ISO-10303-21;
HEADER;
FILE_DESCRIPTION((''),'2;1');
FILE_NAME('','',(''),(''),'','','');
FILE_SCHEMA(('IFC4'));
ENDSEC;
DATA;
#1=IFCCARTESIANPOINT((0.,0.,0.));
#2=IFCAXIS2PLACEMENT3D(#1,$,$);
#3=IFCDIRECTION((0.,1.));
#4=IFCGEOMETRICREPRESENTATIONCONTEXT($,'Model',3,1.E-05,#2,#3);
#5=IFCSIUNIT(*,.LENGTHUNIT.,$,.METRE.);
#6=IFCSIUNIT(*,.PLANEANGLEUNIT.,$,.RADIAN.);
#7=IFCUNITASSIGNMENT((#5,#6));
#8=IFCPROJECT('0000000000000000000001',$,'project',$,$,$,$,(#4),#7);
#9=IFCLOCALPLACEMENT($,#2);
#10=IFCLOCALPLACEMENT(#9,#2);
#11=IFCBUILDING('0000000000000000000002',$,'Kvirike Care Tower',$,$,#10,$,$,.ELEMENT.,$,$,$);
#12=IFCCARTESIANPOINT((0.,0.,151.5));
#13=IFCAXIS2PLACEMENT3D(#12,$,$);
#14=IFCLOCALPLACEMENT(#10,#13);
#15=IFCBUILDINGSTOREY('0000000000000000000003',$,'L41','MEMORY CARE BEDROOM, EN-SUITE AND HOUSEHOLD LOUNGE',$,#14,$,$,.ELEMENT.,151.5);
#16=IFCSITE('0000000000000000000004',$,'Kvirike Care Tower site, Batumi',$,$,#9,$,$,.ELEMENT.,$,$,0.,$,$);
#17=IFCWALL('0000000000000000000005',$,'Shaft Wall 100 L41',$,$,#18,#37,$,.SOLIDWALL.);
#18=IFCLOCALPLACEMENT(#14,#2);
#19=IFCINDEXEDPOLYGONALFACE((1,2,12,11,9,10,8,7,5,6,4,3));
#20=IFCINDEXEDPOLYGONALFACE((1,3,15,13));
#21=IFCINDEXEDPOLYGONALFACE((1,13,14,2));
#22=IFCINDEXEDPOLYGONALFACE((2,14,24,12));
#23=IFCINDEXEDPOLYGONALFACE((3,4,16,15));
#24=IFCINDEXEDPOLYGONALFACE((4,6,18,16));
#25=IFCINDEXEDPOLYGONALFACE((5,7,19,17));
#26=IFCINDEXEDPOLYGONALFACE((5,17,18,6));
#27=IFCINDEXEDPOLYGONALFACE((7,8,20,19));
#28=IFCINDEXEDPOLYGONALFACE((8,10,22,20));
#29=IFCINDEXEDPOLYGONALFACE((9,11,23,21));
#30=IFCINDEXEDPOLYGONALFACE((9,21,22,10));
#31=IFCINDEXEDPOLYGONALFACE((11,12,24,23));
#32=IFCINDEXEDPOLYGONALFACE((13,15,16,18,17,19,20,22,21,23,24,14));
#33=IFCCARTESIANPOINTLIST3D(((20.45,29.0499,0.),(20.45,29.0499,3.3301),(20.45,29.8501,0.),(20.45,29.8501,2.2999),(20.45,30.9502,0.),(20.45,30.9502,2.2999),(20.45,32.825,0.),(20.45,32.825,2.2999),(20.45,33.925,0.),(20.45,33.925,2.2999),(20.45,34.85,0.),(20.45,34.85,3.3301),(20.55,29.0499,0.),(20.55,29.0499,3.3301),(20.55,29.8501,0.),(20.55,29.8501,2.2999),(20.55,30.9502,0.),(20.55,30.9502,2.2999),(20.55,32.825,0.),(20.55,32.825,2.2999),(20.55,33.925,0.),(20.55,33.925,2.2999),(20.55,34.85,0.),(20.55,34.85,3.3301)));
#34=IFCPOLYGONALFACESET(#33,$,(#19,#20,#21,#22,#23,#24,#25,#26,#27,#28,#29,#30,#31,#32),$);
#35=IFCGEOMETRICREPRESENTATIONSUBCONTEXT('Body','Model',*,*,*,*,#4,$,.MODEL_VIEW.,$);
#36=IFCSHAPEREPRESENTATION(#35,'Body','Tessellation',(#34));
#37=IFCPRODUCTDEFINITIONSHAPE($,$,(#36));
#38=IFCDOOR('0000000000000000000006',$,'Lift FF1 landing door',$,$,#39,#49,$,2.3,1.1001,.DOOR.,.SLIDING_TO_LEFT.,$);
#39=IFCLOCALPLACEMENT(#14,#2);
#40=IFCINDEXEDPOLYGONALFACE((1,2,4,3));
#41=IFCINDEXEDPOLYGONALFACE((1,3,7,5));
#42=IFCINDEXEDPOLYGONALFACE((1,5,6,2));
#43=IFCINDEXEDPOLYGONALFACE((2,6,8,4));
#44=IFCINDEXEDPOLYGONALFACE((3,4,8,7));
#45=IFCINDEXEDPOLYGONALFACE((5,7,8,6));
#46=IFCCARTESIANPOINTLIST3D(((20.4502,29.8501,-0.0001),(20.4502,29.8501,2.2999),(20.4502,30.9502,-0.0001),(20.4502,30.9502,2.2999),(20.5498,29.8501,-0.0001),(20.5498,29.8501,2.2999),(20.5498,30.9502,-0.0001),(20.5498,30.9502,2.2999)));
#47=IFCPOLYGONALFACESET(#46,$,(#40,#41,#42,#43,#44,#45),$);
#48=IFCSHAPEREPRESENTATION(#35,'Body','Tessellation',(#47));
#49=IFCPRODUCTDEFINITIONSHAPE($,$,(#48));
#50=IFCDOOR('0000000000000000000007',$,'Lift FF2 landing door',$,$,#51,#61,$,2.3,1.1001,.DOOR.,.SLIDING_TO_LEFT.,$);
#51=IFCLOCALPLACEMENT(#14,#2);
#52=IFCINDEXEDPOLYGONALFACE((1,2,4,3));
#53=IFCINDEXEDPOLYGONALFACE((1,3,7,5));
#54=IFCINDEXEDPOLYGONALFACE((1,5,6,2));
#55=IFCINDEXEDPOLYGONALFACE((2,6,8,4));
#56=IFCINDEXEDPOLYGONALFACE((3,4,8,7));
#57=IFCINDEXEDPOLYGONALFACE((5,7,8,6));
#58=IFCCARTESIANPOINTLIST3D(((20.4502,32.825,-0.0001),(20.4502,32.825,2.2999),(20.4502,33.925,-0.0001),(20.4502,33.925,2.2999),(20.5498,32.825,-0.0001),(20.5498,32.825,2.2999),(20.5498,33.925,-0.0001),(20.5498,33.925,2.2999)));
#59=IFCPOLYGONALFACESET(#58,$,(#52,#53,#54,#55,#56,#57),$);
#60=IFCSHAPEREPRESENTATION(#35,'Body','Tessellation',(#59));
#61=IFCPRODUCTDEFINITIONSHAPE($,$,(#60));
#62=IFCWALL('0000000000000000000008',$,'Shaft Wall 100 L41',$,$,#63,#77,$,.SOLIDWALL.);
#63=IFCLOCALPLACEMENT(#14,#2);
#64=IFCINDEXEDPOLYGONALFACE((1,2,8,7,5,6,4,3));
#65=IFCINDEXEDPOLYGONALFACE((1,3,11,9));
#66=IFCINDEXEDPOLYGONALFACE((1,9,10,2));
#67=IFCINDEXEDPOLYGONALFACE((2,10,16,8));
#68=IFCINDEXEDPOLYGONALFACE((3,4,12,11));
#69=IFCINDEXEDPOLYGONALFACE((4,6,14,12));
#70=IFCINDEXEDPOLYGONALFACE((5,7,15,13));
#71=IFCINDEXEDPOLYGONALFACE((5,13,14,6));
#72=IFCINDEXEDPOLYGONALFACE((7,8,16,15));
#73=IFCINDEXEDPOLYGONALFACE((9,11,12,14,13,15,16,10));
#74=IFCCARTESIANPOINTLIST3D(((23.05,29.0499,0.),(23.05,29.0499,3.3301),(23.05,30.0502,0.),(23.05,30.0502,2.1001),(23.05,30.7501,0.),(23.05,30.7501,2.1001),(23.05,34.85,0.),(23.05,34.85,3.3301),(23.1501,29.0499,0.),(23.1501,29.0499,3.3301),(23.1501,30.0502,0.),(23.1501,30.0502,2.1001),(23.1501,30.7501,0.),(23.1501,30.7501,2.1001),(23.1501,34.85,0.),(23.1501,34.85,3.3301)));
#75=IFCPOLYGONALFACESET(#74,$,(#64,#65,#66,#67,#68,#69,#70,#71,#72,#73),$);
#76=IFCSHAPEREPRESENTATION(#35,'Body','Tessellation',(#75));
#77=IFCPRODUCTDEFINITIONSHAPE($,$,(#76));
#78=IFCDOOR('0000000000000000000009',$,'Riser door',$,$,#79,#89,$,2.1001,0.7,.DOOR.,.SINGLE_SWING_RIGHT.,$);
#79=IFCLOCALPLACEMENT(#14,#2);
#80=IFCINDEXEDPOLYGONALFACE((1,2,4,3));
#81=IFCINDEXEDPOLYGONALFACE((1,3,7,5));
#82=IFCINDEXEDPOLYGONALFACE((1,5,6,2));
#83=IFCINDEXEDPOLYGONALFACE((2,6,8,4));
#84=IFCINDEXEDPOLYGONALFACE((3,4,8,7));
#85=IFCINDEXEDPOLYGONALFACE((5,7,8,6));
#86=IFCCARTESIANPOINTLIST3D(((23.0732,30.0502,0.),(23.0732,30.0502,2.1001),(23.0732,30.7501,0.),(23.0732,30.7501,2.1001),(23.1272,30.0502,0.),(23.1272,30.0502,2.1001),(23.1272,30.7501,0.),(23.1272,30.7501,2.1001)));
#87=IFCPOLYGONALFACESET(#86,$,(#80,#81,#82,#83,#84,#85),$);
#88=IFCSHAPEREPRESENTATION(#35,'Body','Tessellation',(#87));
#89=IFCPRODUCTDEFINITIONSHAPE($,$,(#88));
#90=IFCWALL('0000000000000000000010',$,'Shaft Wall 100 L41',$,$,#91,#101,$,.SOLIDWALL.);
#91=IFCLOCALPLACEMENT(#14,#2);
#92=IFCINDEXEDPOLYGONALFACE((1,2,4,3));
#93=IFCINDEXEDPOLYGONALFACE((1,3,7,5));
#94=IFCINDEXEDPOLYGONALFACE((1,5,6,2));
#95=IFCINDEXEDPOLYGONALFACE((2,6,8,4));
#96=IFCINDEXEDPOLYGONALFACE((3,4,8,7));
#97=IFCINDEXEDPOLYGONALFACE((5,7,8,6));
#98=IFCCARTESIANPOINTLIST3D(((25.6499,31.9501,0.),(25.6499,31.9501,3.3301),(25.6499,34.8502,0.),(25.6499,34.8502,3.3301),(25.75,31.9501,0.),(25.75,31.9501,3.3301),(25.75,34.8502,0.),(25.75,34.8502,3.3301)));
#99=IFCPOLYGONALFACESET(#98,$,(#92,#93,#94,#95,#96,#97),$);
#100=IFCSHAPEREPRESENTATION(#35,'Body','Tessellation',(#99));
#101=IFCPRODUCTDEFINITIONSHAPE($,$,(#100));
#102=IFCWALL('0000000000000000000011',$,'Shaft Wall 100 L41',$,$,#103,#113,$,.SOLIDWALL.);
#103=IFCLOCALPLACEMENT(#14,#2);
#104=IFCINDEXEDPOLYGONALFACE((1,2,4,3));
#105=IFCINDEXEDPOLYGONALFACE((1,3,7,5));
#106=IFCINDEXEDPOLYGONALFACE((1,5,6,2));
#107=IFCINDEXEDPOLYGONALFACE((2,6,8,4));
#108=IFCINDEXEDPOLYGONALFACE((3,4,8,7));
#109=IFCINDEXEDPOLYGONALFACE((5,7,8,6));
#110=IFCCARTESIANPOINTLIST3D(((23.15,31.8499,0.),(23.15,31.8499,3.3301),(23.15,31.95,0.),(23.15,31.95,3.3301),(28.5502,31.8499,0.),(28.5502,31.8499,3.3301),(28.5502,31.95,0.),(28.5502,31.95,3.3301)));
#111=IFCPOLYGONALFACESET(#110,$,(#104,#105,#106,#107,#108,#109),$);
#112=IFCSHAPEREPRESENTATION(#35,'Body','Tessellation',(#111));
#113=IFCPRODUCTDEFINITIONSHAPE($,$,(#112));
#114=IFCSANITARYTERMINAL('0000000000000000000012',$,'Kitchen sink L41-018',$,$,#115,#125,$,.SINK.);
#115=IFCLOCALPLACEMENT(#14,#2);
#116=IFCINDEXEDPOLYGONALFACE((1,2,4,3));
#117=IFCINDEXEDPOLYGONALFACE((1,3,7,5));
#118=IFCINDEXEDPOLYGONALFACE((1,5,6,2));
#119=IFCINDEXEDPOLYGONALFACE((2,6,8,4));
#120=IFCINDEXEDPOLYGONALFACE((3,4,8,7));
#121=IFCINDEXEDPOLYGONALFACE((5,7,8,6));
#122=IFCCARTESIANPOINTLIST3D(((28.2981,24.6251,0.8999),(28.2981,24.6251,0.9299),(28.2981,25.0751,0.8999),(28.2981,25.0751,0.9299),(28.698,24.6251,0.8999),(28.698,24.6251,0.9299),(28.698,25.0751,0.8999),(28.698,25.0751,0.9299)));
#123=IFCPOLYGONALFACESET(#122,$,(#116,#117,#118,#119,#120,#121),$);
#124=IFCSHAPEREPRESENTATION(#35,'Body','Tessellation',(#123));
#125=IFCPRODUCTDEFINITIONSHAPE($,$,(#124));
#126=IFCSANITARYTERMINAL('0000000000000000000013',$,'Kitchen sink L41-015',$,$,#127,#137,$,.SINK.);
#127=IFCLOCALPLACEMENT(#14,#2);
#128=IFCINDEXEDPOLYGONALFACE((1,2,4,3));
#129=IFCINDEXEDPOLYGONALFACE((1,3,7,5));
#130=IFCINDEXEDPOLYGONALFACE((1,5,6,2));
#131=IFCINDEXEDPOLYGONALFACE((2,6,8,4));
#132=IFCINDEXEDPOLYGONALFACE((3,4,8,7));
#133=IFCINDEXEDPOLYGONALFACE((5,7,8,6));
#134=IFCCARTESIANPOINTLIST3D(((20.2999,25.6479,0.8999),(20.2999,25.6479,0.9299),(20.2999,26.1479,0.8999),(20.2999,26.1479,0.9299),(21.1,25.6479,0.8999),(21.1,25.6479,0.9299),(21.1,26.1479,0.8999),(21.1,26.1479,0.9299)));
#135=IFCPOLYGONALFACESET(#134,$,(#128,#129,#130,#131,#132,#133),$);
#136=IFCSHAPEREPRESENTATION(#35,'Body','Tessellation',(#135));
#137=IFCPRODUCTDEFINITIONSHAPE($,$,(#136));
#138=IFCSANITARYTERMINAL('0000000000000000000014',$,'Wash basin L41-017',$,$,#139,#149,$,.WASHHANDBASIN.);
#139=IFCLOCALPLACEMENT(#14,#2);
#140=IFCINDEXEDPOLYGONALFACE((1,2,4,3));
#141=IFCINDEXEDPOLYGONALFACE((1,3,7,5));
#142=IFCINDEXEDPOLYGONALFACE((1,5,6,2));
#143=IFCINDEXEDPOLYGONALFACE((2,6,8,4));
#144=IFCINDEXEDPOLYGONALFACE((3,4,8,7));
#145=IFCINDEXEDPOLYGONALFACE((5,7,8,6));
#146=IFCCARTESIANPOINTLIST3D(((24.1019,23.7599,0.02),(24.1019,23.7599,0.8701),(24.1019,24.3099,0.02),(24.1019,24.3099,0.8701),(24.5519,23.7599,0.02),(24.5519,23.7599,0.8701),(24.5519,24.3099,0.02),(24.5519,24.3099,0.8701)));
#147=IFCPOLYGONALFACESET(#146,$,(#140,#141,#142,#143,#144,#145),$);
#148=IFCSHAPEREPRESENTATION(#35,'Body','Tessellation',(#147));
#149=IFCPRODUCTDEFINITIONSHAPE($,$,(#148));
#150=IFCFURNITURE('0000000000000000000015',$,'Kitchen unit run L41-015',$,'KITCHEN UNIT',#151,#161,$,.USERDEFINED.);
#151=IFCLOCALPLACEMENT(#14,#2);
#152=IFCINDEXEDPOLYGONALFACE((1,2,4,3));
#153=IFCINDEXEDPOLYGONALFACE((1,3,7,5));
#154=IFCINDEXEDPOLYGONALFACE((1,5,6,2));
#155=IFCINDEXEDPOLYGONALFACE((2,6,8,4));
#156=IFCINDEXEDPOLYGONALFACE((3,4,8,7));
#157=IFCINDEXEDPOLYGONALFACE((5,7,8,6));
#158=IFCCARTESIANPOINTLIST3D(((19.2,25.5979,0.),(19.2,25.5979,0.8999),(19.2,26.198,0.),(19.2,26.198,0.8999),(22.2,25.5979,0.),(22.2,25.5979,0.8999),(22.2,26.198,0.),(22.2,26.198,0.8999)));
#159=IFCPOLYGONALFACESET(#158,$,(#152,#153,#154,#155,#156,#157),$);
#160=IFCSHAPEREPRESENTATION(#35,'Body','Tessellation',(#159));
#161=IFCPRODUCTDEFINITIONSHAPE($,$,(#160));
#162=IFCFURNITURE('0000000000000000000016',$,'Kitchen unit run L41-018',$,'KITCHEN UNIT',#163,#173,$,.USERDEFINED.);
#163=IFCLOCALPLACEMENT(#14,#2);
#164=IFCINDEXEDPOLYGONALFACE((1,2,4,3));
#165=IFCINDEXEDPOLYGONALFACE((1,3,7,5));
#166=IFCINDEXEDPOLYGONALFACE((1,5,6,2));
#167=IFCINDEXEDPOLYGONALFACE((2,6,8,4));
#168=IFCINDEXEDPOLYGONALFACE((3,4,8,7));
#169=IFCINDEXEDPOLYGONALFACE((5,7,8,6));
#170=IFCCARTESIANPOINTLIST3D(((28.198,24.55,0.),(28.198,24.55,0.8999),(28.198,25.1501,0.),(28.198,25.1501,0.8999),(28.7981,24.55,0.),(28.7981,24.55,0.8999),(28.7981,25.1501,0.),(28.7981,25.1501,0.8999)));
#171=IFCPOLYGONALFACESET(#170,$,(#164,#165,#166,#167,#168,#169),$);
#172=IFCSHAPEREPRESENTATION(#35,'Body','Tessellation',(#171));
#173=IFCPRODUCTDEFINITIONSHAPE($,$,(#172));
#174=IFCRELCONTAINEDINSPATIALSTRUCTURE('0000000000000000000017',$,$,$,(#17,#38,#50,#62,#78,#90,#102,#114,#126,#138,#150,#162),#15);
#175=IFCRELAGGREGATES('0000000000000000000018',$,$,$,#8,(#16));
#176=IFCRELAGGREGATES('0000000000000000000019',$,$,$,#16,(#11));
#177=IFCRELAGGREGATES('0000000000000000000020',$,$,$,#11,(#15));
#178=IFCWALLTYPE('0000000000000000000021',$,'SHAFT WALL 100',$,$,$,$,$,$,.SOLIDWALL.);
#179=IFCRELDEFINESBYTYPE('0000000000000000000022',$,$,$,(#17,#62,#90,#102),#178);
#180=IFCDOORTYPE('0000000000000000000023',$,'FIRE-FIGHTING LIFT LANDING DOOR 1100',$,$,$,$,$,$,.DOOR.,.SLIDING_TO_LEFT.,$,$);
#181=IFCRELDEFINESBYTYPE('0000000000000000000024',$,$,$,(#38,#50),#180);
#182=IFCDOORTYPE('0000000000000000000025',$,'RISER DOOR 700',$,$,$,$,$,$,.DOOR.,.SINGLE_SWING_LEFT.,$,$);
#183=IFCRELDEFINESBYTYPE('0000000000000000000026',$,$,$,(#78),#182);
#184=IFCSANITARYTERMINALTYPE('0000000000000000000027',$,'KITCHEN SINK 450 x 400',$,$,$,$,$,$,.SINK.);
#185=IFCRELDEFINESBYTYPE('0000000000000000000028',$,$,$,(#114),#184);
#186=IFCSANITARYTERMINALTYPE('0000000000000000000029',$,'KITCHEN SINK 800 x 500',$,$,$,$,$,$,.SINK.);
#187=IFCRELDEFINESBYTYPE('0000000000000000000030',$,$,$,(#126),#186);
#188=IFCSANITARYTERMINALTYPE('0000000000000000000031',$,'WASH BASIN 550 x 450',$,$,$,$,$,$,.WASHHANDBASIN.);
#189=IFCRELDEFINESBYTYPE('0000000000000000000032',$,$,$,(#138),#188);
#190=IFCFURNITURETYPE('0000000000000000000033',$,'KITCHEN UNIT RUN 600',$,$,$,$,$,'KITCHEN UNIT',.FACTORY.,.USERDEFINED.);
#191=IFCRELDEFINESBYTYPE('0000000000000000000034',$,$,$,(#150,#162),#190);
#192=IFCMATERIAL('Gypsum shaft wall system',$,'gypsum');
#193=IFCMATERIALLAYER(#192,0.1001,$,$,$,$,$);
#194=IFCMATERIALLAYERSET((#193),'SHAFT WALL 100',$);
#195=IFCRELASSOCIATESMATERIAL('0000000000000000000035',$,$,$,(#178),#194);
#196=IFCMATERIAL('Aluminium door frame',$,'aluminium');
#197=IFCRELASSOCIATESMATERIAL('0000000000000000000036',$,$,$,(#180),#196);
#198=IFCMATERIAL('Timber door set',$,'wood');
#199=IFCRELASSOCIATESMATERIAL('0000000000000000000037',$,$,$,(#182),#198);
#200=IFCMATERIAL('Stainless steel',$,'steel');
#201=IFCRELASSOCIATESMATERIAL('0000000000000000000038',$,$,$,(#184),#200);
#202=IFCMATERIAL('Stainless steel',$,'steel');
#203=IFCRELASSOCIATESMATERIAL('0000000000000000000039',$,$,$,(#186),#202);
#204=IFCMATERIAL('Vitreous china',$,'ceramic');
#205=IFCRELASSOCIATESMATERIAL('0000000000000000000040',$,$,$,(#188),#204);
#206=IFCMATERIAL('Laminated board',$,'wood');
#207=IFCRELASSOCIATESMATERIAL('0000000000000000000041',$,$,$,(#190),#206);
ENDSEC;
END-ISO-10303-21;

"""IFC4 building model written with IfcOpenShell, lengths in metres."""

from ifc_helpers import new_model, si_unit, direction, frame, frame_2d, origin, origin_2d, place, context, subcontext, project, spatial, rectangle, extrude, material, layer, layer_set, type_object, element, fill, save


model = new_model("IFC4")

# Units and contexts
model_context = context("Model", 3, precision=1e-05, world=origin(), true_north=direction((0.0, 1.0)))
body_context = subcontext(model_context, "Body", "Model", "MODEL_VIEW")
ifc_project = project(units=[si_unit("LENGTHUNIT", "METRE"), si_unit("PLANEANGLEUNIT", "RADIAN")], contexts=[model_context])

# Site, building, storey
site_placement = place(None, origin())
site = spatial("IfcSite", under=ifc_project, at=site_placement, Name="Kvirike Care Tower site, Batumi", CompositionType="ELEMENT", RefElevation=0.0)
building_placement = place(site_placement, origin())
building = spatial("IfcBuilding", under=site, at=building_placement, Name="Kvirike Care Tower", CompositionType="ELEMENT")
storey_placement = place(building_placement, frame((0.0, 0.0, 151.5)))
storey = spatial("IfcBuildingStorey", under=building, at=storey_placement, Name="L41", Description="MEMORY CARE BEDROOM, EN-SUITE AND HOUSEHOLD LOUNGE", CompositionType="ELEMENT", Elevation=151.5)

# Wall, openings, doors
ifc_material_1 = material(Name="Gypsum shaft wall system", Category="gypsum")
ifc_layer_1 = layer(ifc_material_1, 0.1001)
ifc_layer_set_1 = layer_set([ifc_layer_1], Name="SHAFT WALL 100")
wall_type_1 = type_object("IfcWallType", Name="SHAFT WALL 100", PredefinedType="SOLIDWALL", material=ifc_layer_set_1)
wall_1_placement = place(storey_placement, frame((20.5, 29.05, 0.0), z_axis=(0.0, 0.0, 1.0), x_axis=(0.0, 1.0, 0.0)))
wall_1 = element("IfcWall", 1, at=wall_1_placement, inside=storey, type_object=wall_type_1, Name="Shaft Wall 100 L41", PredefinedType="SOLIDWALL", context=body_context, shape_type="SweptSolid", body=[
    extrude(rectangle(XDim=5.8, YDim=0.1001, at=frame_2d((2.8999, 0.0))), origin(), (0.0, 0.0, 1.0), 3.3301),
])
opening_1_placement = place(wall_1_placement, frame((0.8, 0.0, 0.0)))
opening_1 = element("IfcOpeningElement", 2, at=opening_1_placement, cuts=wall_1, PredefinedType="OPENING", context=body_context, shape_type="SweptSolid", body=[
    extrude(rectangle(XDim=1.1001, YDim=2.3, at=frame_2d((0.55, 1.1499))), frame((0.0, 0.0605, 0.0), z_axis=(0.0, -1.0, 0.0), x_axis=(1.0, 0.0, 0.0)), (0.0, 0.0, 1.0), 0.1211),
])
opening_2_placement = place(wall_1_placement, frame((3.7749, 0.0, 0.0)))
opening_2 = element("IfcOpeningElement", 3, at=opening_2_placement, cuts=wall_1, PredefinedType="OPENING", context=body_context, shape_type="SweptSolid", body=[
    extrude(rectangle(XDim=1.1001, YDim=2.3, at=frame_2d((0.55, 1.1499))), frame((0.0, 0.0605, 0.0), z_axis=(0.0, -1.0, 0.0), x_axis=(1.0, 0.0, 0.0)), (0.0, 0.0, 1.0), 0.1211),
])
ifc_material_2 = material(Name="Aluminium door frame", Category="aluminium")
door_type_1 = type_object("IfcDoorType", Name="FIRE-FIGHTING LIFT LANDING DOOR 1100", OperationType="SLIDING_TO_LEFT", PredefinedType="DOOR", material=ifc_material_2)
door_1_placement = place(opening_1_placement, origin())
door_1 = element("IfcDoor", 4, at=door_1_placement, inside=storey, type_object=door_type_1, Name="Lift FF1 landing door", OperationType="SLIDING_TO_LEFT", OverallHeight=2.3, OverallWidth=1.1001, PredefinedType="DOOR", context=body_context, shape_type="SweptSolid", body=[
    extrude(rectangle(XDim=1.1001, YDim=2.3, at=frame_2d((0.55, 1.1499))), frame((0.0, 0.0498, 0.0), z_axis=(0.0, -1.0, 0.0), x_axis=(1.0, 0.0, 0.0)), (0.0, 0.0, 1.0), 0.0996),
])
fill(opening_1, door_1)
door_2_placement = place(opening_2_placement, origin())
door_2 = element("IfcDoor", 5, at=door_2_placement, inside=storey, type_object=door_type_1, Name="Lift FF2 landing door", OperationType="SLIDING_TO_LEFT", OverallHeight=2.3, OverallWidth=1.1001, PredefinedType="DOOR", context=body_context, shape_type="SweptSolid", body=[
    extrude(rectangle(XDim=1.1001, YDim=2.3, at=frame_2d((0.55, 1.1499))), frame((0.0, 0.0498, 0.0), z_axis=(0.0, -1.0, 0.0), x_axis=(1.0, 0.0, 0.0)), (0.0, 0.0, 1.0), 0.0996),
])
fill(opening_2, door_2)

# Wall, opening, door
wall_2_placement = place(storey_placement, frame((23.1001, 29.05, 0.0), z_axis=(0.0, 0.0, 1.0), x_axis=(0.0, 1.0, 0.0)))
wall_2 = element("IfcWall", 6, at=wall_2_placement, inside=storey, type_object=wall_type_1, Name="Shaft Wall 100 L41", PredefinedType="SOLIDWALL", context=body_context, shape_type="SweptSolid", body=[
    extrude(rectangle(XDim=5.8, YDim=0.1001, at=frame_2d((2.8999, 0.0))), origin(), (0.0, 0.0, 1.0), 3.3301),
])
opening_3_placement = place(wall_2_placement, frame((1.0, 0.0, 0.0)))
opening_3 = element("IfcOpeningElement", 7, at=opening_3_placement, cuts=wall_2, PredefinedType="OPENING", context=body_context, shape_type="SweptSolid", body=[
    extrude(rectangle(XDim=0.7, YDim=2.1001, at=frame_2d((0.3501, 1.05))), frame((0.0, 0.0605, 0.0), z_axis=(0.0, -1.0, 0.0), x_axis=(1.0, 0.0, 0.0)), (0.0, 0.0, 1.0), 0.1211),
])
ifc_material_3 = material(Name="Timber door set", Category="wood")
door_type_2 = type_object("IfcDoorType", Name="RISER DOOR 700", OperationType="SINGLE_SWING_LEFT", PredefinedType="DOOR", material=ifc_material_3)
door_3_placement = place(opening_3_placement, origin())
door_3 = element("IfcDoor", 8, at=door_3_placement, inside=storey, type_object=door_type_2, Name="Riser door", OperationType="SINGLE_SWING_RIGHT", OverallHeight=2.1001, OverallWidth=0.7, PredefinedType="DOOR", context=body_context, shape_type="SweptSolid", body=[
    extrude(rectangle(XDim=0.7, YDim=2.1001, at=frame_2d((0.3501, 1.05))), frame((0.0, 0.0269, 0.0), z_axis=(0.0, -1.0, 0.0), x_axis=(1.0, 0.0, 0.0)), (0.0, 0.0, 1.0), 0.054),
])
fill(opening_3, door_3)

# Walls
wall_3_placement = place(storey_placement, frame((25.7, 31.95, 0.0), z_axis=(0.0, 0.0, 1.0), x_axis=(0.0, 1.0, 0.0)))
element("IfcWall", 9, at=wall_3_placement, inside=storey, type_object=wall_type_1, Name="Shaft Wall 100 L41", PredefinedType="SOLIDWALL", context=body_context, shape_type="SweptSolid", body=[
    extrude(rectangle(XDim=2.9001, YDim=0.1001, at=frame_2d((1.4502, 0.0))), origin(), (0.0, 0.0, 1.0), 3.3301),
])
wall_4_placement = place(storey_placement, frame((23.1499, 31.8999, 0.0), z_axis=(0.0, 0.0, 1.0), x_axis=(1.0, 0.0, 0.0)))
element("IfcWall", 10, at=wall_4_placement, inside=storey, type_object=wall_type_1, Name="Shaft Wall 100 L41", PredefinedType="SOLIDWALL", context=body_context, shape_type="SweptSolid", body=[
    extrude(rectangle(XDim=5.4001, YDim=0.1001, at=frame_2d((2.7002, 0.0))), origin(), (0.0, 0.0, 1.0), 3.3301),
])

# Sanitary terminals
ifc_material_4 = material(Name="Stainless steel", Category="steel")
sanitary_terminal_type_1 = type_object("IfcSanitaryTerminalType", Name="KITCHEN SINK 450 x 400", PredefinedType="SINK", material=ifc_material_4)
sanitary_terminal_1_placement = place(storey_placement, frame((28.498, 24.8501, 0.8999), z_axis=(0.0, 0.0, 1.0), x_axis=(0.0, -1.0, 0.0)))
element("IfcSanitaryTerminal", 11, at=sanitary_terminal_1_placement, inside=storey, type_object=sanitary_terminal_type_1, Name="Kitchen sink L41-018", PredefinedType="SINK", context=body_context, shape_type="SweptSolid", body=[
    extrude(rectangle(XDim=0.45, YDim=0.3999, at=origin_2d()), origin(), (0.0, 0.0, 1.0), 0.03),
])
ifc_material_5 = material(Name="Stainless steel", Category="steel")
sanitary_terminal_type_2 = type_object("IfcSanitaryTerminalType", Name="KITCHEN SINK 800 x 500", PredefinedType="SINK", material=ifc_material_5)
sanitary_terminal_2_placement = place(storey_placement, frame((20.7, 25.8979, 0.8999), z_axis=(0.0, 0.0, 1.0), x_axis=(1.0, 0.0, 0.0)))
element("IfcSanitaryTerminal", 12, at=sanitary_terminal_2_placement, inside=storey, type_object=sanitary_terminal_type_2, Name="Kitchen sink L41-015", PredefinedType="SINK", context=body_context, shape_type="SweptSolid", body=[
    extrude(rectangle(XDim=0.8, YDim=0.5, at=origin_2d()), origin(), (0.0, 0.0, 1.0), 0.03),
])
ifc_material_6 = material(Name="Vitreous china", Category="ceramic")
sanitary_terminal_type_3 = type_object("IfcSanitaryTerminalType", Name="WASH BASIN 550 x 450", PredefinedType="WASHHANDBASIN", material=ifc_material_6)
sanitary_terminal_3_placement = place(storey_placement, frame((24.3269, 24.0349, 0.02), z_axis=(0.0, 0.0, 1.0), x_axis=(0.0, 1.0, 0.0)))
element("IfcSanitaryTerminal", 13, at=sanitary_terminal_3_placement, inside=storey, type_object=sanitary_terminal_type_3, Name="Wash basin L41-017", PredefinedType="WASHHANDBASIN", context=body_context, shape_type="SweptSolid", body=[
    extrude(rectangle(XDim=0.55, YDim=0.45, at=origin_2d()), origin(), (0.0, 0.0, 1.0), 0.8501),
])

# Furniture
ifc_material_7 = material(Name="Laminated board", Category="wood")
furniture_type = type_object("IfcFurnitureType", Name="KITCHEN UNIT RUN 600", ElementType="KITCHEN UNIT", AssemblyPlace="FACTORY", PredefinedType="USERDEFINED", material=ifc_material_7)
furniture_1_placement = place(storey_placement, frame((20.7, 25.8979, 0.0), z_axis=(0.0, 0.0, 1.0), x_axis=(1.0, 0.0, 0.0)))
element("IfcFurniture", 14, at=furniture_1_placement, inside=storey, type_object=furniture_type, Name="Kitchen unit run L41-015", ObjectType="KITCHEN UNIT", PredefinedType="USERDEFINED", context=body_context, shape_type="SweptSolid", body=[
    extrude(rectangle(XDim=3.0, YDim=0.6001, at=origin_2d()), origin(), (0.0, 0.0, 1.0), 0.8999),
])
furniture_2_placement = place(storey_placement, frame((28.498, 24.8501, 0.0), z_axis=(0.0, 0.0, 1.0), x_axis=(0.0, -1.0, 0.0)))
element("IfcFurniture", 15, at=furniture_2_placement, inside=storey, type_object=furniture_type, Name="Kitchen unit run L41-018", ObjectType="KITCHEN UNIT", PredefinedType="USERDEFINED", context=body_context, shape_type="SweptSolid", body=[
    extrude(rectangle(XDim=0.6001, YDim=0.6001, at=origin_2d()), origin(), (0.0, 0.0, 1.0), 0.8999),
])

save(model, "model.ifc")
